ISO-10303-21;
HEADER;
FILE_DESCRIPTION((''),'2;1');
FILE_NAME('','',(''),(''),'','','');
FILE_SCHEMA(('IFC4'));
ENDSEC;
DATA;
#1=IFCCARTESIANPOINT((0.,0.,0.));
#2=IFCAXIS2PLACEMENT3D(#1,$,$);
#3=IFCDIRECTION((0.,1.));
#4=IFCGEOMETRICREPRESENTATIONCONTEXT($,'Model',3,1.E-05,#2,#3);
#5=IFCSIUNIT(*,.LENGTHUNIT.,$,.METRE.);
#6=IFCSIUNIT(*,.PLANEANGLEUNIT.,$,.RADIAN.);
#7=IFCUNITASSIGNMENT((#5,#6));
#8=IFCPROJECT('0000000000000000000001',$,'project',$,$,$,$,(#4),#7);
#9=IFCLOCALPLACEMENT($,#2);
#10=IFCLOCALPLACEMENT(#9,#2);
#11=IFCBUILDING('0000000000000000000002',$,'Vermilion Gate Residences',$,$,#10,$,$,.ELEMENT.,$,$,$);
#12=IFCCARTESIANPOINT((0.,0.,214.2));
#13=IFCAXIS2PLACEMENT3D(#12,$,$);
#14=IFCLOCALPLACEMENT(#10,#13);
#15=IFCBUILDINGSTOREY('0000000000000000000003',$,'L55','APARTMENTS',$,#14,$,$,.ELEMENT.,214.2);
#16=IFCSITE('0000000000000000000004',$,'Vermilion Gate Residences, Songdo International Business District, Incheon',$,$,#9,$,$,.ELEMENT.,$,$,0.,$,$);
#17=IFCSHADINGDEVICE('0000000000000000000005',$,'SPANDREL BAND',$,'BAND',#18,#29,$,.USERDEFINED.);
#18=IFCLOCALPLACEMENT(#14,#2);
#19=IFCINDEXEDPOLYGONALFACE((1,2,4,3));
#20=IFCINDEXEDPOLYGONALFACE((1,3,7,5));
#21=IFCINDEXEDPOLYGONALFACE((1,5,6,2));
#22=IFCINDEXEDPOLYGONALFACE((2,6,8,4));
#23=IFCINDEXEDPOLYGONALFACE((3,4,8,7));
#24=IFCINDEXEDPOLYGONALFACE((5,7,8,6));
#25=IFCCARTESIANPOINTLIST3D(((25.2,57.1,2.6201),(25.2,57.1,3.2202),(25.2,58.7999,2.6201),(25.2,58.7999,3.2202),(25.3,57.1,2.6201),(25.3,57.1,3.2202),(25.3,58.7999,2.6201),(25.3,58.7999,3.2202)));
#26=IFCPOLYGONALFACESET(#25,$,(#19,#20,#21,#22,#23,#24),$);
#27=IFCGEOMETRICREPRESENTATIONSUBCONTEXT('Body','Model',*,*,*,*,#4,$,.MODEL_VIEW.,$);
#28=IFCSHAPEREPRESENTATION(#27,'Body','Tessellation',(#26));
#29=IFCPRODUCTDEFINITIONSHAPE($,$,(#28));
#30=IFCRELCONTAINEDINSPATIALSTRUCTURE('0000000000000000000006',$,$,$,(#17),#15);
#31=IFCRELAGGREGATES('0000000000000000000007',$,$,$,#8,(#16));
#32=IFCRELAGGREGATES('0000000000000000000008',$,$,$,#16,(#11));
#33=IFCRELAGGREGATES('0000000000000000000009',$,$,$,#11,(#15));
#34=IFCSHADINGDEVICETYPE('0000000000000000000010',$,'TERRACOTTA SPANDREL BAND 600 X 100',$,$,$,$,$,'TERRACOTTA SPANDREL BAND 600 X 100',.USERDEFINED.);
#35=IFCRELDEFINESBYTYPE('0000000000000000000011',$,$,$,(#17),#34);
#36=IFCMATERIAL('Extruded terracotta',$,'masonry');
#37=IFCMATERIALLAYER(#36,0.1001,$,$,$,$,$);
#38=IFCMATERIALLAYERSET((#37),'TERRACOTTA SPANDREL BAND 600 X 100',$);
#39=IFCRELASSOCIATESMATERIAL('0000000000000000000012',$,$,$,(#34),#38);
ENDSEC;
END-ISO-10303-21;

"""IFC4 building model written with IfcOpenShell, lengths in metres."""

from ifc_helpers import new_model, si_unit, direction, frame, origin, origin_2d, place, context, subcontext, project, spatial, rectangle, extrude, material, layer, layer_set, type_object, element, save


model = new_model("IFC4")

# Units and contexts
model_context = context("Model", 3, precision=1e-05, world=origin(), true_north=direction((0.0, 1.0)))
body_context = subcontext(model_context, "Body", "Model", "MODEL_VIEW")
ifc_project = project(units=[si_unit("LENGTHUNIT", "METRE"), si_unit("PLANEANGLEUNIT", "RADIAN")], contexts=[model_context])

# Site, building, storey
site_placement = place(None, origin())
site = spatial("IfcSite", under=ifc_project, at=site_placement, Name="Vermilion Gate Residences, Songdo International Business District, Incheon", CompositionType="ELEMENT", RefElevation=0.0)
building_placement = place(site_placement, origin())
building = spatial("IfcBuilding", under=site, at=building_placement, Name="Vermilion Gate Residences", CompositionType="ELEMENT")
storey_placement = place(building_placement, frame((0.0, 0.0, 214.2)))
storey = spatial("IfcBuildingStorey", under=building, at=storey_placement, Name="L55", Description="APARTMENTS", CompositionType="ELEMENT", Elevation=214.2)

# Shading device
ifc_material_1 = material(Name="Extruded terracotta", Category="masonry")
ifc_layer_1 = layer(ifc_material_1, 0.1001)
ifc_layer_set_1 = layer_set([ifc_layer_1], Name="TERRACOTTA SPANDREL BAND 600 X 100")
shading_device_type_1 = type_object("IfcShadingDeviceType", Name="TERRACOTTA SPANDREL BAND 600 X 100", ElementType="TERRACOTTA SPANDREL BAND 600 X 100", PredefinedType="USERDEFINED", material=ifc_layer_set_1)
shading_device_1_placement = place(storey_placement, frame((25.25, 57.95, 2.6201), z_axis=(0.0, 0.0, 1.0), x_axis=(0.0, 1.0, 0.0)))
element("IfcShadingDevice", 1, at=shading_device_1_placement, inside=storey, type_object=shading_device_type_1, Name="SPANDREL BAND", ObjectType="BAND", PredefinedType="USERDEFINED", context=body_context, shape_type="SweptSolid", body=[
    extrude(rectangle(XDim=1.7, YDim=0.1001, at=origin_2d()), origin(), (0.0, 0.0, 1.0), 0.6001),
])

save(model, "model.ifc")
